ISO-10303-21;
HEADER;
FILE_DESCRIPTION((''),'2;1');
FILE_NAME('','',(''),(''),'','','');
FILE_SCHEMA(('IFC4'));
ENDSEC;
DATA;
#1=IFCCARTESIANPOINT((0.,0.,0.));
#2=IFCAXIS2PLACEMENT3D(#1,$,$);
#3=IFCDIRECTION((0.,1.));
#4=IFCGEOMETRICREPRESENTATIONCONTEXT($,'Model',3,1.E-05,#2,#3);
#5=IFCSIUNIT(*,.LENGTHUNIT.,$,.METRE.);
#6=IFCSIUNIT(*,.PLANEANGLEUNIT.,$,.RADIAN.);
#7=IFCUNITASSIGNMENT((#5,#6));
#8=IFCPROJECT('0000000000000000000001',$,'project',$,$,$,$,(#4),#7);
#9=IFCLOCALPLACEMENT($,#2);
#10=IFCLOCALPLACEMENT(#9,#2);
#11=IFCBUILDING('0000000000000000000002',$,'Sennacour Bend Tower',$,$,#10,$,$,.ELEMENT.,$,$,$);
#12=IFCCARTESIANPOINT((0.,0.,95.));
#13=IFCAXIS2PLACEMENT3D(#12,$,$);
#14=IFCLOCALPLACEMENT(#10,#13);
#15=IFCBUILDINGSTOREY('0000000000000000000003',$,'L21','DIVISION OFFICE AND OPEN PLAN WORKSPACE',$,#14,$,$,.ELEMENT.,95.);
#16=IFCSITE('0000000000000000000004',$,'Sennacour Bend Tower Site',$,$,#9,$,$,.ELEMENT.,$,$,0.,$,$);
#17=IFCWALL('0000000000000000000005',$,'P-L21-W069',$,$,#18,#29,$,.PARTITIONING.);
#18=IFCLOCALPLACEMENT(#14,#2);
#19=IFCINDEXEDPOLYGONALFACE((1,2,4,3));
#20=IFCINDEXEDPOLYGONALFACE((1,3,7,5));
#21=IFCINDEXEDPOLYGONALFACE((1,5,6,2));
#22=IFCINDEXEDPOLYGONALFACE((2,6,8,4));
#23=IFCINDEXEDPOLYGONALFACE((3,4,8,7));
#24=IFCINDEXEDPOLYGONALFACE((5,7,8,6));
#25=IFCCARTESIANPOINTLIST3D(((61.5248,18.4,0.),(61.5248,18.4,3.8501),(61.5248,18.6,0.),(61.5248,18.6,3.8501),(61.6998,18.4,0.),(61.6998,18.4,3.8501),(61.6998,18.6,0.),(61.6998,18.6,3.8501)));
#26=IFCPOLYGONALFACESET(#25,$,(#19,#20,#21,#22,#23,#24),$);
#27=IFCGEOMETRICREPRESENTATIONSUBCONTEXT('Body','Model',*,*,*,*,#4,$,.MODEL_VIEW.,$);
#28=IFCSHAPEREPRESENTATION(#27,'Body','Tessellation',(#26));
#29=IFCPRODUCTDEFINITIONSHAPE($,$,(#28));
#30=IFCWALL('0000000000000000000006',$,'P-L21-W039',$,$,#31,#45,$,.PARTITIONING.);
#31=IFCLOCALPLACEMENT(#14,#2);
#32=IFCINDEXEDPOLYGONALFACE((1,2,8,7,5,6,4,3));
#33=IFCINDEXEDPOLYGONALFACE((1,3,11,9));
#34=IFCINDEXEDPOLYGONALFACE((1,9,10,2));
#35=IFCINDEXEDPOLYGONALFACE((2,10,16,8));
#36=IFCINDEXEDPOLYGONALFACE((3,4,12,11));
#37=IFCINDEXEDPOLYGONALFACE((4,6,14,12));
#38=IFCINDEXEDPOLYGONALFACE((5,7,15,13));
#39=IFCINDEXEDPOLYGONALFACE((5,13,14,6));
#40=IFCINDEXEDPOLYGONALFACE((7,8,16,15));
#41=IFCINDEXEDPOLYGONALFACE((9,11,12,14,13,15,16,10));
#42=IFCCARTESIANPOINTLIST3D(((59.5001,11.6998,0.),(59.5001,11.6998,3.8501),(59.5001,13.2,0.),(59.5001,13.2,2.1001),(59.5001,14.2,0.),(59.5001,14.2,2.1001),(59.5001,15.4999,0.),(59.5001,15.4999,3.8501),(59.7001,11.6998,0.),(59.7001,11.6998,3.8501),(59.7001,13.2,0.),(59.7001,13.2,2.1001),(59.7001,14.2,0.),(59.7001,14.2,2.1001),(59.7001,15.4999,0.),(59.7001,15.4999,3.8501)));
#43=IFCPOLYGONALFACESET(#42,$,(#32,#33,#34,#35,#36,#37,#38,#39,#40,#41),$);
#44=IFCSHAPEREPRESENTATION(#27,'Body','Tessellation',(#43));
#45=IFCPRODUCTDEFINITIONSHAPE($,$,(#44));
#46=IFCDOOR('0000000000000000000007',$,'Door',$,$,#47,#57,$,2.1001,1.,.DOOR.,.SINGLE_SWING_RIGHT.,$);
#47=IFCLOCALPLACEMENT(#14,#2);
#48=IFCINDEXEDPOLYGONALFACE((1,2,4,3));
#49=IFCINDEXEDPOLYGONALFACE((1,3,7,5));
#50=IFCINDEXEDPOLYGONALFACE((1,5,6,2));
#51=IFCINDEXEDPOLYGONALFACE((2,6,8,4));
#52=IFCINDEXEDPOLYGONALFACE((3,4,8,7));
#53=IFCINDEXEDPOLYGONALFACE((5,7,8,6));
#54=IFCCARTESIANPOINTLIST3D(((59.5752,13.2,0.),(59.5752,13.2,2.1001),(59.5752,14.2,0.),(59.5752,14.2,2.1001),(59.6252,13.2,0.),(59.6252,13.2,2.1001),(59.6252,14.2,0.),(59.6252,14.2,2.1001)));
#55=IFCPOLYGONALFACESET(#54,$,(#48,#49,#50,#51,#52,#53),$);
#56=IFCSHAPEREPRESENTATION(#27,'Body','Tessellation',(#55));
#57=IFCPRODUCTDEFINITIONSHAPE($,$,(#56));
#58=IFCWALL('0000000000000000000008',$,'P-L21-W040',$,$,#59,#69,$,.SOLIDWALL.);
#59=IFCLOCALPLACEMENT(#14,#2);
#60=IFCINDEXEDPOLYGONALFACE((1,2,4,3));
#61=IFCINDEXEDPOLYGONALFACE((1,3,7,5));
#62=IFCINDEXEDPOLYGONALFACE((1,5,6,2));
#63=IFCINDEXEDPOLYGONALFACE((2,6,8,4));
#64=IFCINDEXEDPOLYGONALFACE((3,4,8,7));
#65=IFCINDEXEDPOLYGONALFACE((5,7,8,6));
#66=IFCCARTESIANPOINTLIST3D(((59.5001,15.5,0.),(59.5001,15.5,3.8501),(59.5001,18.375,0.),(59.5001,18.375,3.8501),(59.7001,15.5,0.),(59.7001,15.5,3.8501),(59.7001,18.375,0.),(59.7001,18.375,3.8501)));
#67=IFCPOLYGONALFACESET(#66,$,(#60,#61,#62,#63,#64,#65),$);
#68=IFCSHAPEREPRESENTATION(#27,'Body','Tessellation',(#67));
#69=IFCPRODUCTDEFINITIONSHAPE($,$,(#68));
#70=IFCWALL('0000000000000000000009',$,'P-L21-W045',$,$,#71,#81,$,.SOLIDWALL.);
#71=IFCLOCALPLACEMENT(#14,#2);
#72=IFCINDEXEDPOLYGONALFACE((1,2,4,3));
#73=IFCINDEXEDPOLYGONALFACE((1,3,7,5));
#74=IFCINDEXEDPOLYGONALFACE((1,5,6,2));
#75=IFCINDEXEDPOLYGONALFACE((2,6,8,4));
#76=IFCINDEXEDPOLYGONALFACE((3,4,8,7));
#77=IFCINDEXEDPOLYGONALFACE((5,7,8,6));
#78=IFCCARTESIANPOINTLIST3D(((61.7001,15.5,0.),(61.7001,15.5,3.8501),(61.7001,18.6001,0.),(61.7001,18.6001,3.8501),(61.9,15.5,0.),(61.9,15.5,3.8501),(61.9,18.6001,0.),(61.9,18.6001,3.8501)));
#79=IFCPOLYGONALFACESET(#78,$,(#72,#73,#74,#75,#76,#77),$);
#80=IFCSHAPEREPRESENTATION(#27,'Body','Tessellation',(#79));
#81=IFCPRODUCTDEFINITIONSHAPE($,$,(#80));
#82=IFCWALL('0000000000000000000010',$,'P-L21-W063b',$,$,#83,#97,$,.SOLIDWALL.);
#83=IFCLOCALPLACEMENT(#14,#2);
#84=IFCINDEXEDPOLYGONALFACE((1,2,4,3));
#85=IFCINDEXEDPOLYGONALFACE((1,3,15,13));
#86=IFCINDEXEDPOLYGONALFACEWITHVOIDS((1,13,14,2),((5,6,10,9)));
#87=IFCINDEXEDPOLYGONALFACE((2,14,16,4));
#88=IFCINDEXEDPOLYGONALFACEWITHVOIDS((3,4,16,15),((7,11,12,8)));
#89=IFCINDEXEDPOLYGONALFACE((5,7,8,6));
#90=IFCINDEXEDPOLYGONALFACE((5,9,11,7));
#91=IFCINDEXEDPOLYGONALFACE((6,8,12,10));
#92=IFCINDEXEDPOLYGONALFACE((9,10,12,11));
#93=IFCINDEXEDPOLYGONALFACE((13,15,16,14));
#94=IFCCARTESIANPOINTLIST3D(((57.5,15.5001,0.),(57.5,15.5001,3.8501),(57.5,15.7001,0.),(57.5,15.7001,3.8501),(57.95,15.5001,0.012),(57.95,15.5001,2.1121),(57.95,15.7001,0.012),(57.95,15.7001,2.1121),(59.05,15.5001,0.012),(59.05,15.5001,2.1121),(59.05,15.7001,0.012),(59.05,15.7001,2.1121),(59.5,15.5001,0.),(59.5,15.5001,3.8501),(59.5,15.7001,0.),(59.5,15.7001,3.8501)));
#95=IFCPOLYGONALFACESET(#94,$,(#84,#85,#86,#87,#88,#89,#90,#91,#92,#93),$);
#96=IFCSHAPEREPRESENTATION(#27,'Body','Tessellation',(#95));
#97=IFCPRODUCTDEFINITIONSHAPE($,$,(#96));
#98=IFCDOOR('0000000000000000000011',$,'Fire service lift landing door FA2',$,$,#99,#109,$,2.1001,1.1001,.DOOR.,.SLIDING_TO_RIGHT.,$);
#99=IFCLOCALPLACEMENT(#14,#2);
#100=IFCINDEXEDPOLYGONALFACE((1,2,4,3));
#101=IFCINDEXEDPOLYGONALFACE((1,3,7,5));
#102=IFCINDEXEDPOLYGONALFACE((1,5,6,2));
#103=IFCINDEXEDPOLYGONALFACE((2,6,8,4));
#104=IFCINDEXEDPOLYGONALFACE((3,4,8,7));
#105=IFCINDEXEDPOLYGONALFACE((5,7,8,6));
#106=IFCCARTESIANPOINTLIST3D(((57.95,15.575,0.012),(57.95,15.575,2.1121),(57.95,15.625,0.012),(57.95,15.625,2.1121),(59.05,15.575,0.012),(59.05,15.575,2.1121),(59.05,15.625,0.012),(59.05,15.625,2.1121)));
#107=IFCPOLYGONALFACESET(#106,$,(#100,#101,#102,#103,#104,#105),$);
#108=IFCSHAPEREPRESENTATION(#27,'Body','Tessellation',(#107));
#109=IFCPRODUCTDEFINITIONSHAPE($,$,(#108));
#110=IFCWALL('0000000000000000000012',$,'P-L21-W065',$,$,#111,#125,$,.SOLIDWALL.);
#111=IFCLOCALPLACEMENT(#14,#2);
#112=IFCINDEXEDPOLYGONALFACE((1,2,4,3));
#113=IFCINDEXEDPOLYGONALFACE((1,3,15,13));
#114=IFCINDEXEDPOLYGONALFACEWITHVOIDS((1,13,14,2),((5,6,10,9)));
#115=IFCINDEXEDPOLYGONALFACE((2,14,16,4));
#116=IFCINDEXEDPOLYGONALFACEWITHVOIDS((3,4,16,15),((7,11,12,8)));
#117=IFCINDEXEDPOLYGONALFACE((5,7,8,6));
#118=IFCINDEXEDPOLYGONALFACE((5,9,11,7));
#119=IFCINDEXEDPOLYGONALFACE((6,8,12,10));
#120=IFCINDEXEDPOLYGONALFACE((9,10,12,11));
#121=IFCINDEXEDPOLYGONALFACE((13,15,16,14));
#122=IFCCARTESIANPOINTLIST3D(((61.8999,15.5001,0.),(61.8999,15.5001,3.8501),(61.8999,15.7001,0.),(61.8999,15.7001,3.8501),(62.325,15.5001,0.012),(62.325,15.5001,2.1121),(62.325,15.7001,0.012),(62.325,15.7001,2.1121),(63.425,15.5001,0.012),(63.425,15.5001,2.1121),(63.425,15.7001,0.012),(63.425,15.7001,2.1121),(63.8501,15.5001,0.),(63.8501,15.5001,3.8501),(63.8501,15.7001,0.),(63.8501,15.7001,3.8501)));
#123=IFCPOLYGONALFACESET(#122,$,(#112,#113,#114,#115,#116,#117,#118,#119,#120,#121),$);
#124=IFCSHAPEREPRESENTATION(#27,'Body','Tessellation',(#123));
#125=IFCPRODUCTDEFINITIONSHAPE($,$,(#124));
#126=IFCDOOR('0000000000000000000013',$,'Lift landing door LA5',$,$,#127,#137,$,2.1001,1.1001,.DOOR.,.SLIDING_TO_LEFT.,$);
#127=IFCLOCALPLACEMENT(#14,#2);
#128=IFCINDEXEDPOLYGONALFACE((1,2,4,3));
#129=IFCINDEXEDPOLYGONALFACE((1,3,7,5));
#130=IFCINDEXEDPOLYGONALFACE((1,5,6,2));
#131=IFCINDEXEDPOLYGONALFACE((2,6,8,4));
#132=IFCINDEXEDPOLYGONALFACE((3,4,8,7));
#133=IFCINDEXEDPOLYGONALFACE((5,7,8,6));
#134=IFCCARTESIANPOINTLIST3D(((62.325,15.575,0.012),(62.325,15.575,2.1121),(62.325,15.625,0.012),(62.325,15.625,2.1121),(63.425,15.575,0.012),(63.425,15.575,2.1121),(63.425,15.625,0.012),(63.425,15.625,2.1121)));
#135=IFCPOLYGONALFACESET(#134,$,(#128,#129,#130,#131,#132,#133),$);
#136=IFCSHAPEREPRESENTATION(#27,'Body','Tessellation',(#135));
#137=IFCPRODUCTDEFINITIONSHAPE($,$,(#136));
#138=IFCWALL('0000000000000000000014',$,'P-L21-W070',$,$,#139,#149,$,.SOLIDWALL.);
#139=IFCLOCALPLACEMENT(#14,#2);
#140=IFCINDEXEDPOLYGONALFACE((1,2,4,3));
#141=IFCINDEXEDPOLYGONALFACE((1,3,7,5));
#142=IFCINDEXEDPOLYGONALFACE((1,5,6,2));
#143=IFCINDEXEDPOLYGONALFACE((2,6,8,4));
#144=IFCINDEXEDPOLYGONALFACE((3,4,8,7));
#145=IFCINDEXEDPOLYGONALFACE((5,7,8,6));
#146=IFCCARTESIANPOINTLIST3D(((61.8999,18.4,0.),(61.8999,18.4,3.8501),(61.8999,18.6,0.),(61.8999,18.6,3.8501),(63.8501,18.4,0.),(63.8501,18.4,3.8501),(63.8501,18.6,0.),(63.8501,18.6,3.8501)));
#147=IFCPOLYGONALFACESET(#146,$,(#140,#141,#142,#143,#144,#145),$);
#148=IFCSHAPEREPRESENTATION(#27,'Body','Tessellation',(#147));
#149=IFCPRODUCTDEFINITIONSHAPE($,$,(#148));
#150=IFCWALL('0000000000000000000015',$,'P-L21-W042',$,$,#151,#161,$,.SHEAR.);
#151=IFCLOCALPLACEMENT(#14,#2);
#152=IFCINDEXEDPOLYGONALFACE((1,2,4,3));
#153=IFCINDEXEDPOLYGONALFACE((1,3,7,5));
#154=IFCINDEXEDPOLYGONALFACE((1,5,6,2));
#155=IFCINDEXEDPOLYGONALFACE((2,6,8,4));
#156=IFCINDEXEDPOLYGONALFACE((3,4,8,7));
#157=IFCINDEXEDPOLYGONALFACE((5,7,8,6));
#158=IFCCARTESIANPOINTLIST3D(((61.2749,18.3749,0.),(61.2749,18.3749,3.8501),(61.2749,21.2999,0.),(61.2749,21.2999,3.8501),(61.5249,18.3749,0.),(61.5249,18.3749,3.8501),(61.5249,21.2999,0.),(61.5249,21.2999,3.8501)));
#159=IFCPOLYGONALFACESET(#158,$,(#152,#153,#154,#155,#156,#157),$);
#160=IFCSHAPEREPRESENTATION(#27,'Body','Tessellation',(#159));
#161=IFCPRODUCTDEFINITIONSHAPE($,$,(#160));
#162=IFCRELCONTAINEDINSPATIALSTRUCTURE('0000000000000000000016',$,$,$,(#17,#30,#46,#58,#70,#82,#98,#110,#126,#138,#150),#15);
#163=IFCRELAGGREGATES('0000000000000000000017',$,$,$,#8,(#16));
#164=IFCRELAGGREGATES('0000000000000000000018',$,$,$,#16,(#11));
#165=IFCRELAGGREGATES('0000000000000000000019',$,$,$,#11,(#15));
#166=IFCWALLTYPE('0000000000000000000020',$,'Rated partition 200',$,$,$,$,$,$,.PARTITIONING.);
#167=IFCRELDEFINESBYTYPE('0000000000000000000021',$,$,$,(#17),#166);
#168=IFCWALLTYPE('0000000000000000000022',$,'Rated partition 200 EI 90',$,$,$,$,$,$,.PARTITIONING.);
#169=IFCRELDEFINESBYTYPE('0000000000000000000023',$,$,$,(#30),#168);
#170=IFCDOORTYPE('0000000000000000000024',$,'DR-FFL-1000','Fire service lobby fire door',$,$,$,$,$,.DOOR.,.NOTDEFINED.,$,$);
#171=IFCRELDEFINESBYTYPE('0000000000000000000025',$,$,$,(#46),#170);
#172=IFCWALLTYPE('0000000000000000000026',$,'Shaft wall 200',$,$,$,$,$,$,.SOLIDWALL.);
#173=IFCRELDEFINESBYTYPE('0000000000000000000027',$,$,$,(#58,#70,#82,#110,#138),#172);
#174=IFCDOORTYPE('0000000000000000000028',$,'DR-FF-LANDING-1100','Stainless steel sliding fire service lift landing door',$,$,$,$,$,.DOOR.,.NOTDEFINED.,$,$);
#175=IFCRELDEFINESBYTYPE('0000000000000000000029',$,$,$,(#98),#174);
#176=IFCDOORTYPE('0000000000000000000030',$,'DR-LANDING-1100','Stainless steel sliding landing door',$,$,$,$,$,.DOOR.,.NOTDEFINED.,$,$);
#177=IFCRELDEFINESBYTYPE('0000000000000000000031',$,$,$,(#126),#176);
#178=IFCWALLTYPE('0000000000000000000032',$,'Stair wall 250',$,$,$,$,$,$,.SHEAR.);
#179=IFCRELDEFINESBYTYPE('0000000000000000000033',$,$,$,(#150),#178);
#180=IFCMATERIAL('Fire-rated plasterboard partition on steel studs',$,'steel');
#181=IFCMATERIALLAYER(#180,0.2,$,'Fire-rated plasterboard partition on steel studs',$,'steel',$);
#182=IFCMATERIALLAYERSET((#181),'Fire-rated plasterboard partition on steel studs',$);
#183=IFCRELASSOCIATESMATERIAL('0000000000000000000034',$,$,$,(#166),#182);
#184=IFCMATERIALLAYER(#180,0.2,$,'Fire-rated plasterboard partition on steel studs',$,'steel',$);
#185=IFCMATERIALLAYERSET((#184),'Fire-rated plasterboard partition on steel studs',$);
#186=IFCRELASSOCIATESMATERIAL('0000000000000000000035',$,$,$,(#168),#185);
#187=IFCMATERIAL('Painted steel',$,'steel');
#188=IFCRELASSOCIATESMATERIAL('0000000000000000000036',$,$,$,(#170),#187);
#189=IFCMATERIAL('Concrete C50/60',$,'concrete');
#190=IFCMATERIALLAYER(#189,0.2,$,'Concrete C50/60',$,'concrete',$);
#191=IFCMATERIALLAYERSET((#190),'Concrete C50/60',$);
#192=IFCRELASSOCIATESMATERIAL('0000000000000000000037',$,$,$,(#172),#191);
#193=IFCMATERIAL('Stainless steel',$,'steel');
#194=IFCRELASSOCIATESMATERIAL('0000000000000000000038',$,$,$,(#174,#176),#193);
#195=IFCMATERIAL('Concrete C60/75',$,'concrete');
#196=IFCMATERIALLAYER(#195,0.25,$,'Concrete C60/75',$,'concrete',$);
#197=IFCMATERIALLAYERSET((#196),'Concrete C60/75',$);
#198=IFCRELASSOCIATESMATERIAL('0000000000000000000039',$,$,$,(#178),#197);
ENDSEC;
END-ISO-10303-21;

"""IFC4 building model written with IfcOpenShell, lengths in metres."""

from ifc_helpers import new_model, si_unit, direction, frame, frame_2d, origin, place, context, subcontext, project, spatial, rectangle, extrude, material, layer, layer_set, type_object, element, fill, save


model = new_model("IFC4")

# Units and contexts
model_context = context("Model", 3, precision=1e-05, world=origin(), true_north=direction((0.0, 1.0)))
body_context = subcontext(model_context, "Body", "Model", "MODEL_VIEW")
ifc_project = project(units=[si_unit("LENGTHUNIT", "METRE"), si_unit("PLANEANGLEUNIT", "RADIAN")], contexts=[model_context])

# Site, building, storey
site_placement = place(None, origin())
site = spatial("IfcSite", under=ifc_project, at=site_placement, Name="Sennacour Bend Tower Site", CompositionType="ELEMENT", RefElevation=0.0)
building_placement = place(site_placement, origin())
building = spatial("IfcBuilding", under=site, at=building_placement, Name="Sennacour Bend Tower", CompositionType="ELEMENT")
storey_placement = place(building_placement, frame((0.0, 0.0, 95.0)))
storey = spatial("IfcBuildingStorey", under=building, at=storey_placement, Name="L21", Description="DIVISION OFFICE AND OPEN PLAN WORKSPACE", CompositionType="ELEMENT", Elevation=95.0)

# Shared definitions
ifc_material_1 = material(Name="Fire-rated plasterboard partition on steel studs", Category="steel")
ifc_layer_1 = layer(ifc_material_1, 0.2, Name="Fire-rated plasterboard partition on steel studs", Category="steel")
ifc_layer_set_1 = layer_set([ifc_layer_1], Name="Fire-rated plasterboard partition on steel studs")
wall_type_1 = type_object("IfcWallType", Name="Rated partition 200", PredefinedType="PARTITIONING", material=ifc_layer_set_1)
ifc_material_2 = material(Name="Painted steel", Category="steel")

# Wall
wall_1_placement = place(storey_placement, frame((61.5249, 18.5, 0.0), z_axis=(0.0, 0.0, 1.0), x_axis=(1.0, 0.0, 0.0)))
element("IfcWall", 1, at=wall_1_placement, inside=storey, type_object=wall_type_1, Name="P-L21-W069", PredefinedType="PARTITIONING", context=body_context, shape_type="SweptSolid", body=[
    extrude(rectangle(XDim=0.175, YDim=0.2, at=frame_2d((0.0874, 0.0))), origin(), (0.0, 0.0, 1.0), 3.8501),
])

# Wall, opening, door
ifc_layer_2 = layer(ifc_material_1, 0.2, Name="Fire-rated plasterboard partition on steel studs", Category="steel")
ifc_layer_set_2 = layer_set([ifc_layer_2], Name="Fire-rated plasterboard partition on steel studs")
wall_type_2 = type_object("IfcWallType", Name="Rated partition 200 EI 90", PredefinedType="PARTITIONING", material=ifc_layer_set_2)
wall_2_placement = place(storey_placement, frame((59.6001, 11.7, 0.0), z_axis=(0.0, 0.0, 1.0), x_axis=(0.0, 1.0, 0.0)))
wall_2 = element("IfcWall", 2, at=wall_2_placement, inside=storey, type_object=wall_type_2, Name="P-L21-W039", PredefinedType="PARTITIONING", context=body_context, shape_type="SweptSolid", body=[
    extrude(rectangle(XDim=3.8, YDim=0.2, at=frame_2d((1.8999, 0.0))), origin(), (0.0, 0.0, 1.0), 3.8501),
])
opening_1_placement = place(wall_2_placement, frame((1.5, 0.0, 0.0)))
opening_1 = element("IfcOpeningElement", 3, at=opening_1_placement, cuts=wall_2, PredefinedType="OPENING", context=body_context, shape_type="SweptSolid", body=[
    extrude(rectangle(XDim=1.0, YDim=2.1001, at=frame_2d((0.5, 1.05))), frame((0.0, 0.1099, 0.0), z_axis=(0.0, -1.0, 0.0), x_axis=(1.0, 0.0, 0.0)), (0.0, 0.0, 1.0), 0.22),
])
door_type_1 = type_object("IfcDoorType", Name="DR-FFL-1000", Description="Fire service lobby fire door", OperationType="NOTDEFINED", PredefinedType="DOOR", material=ifc_material_2)
door_1_placement = place(opening_1_placement, origin())
door_1 = element("IfcDoor", 4, at=door_1_placement, inside=storey, type_object=door_type_1, Name="Door", OperationType="SINGLE_SWING_RIGHT", OverallHeight=2.1001, OverallWidth=1.0, PredefinedType="DOOR", context=body_context, shape_type="SweptSolid", body=[
    extrude(rectangle(XDim=1.0, YDim=2.1001, at=frame_2d((0.5, 1.05))), frame((0.0, 0.0249, 0.0), z_axis=(0.0, -1.0, 0.0), x_axis=(1.0, 0.0, 0.0)), (0.0, 0.0, 1.0), 0.05),
])
fill(opening_1, door_1)

# Walls
ifc_material_3 = material(Name="Concrete C50/60", Category="concrete")
ifc_layer_3 = layer(ifc_material_3, 0.2, Name="Concrete C50/60", Category="concrete")
ifc_layer_set_3 = layer_set([ifc_layer_3], Name="Concrete C50/60")
wall_type_3 = type_object("IfcWallType", Name="Shaft wall 200", PredefinedType="SOLIDWALL", material=ifc_layer_set_3)
wall_3_placement = place(storey_placement, frame((59.6001, 15.5, 0.0), z_axis=(0.0, 0.0, 1.0), x_axis=(0.0, 1.0, 0.0)))
element("IfcWall", 5, at=wall_3_placement, inside=storey, type_object=wall_type_3, Name="P-L21-W040", PredefinedType="SOLIDWALL", context=body_context, shape_type="SweptSolid", body=[
    extrude(rectangle(XDim=2.875, YDim=0.2, at=frame_2d((1.4375, 0.0))), origin(), (0.0, 0.0, 1.0), 3.8501),
])
wall_4_placement = place(storey_placement, frame((61.8, 15.5, 0.0), z_axis=(0.0, 0.0, 1.0), x_axis=(0.0, 1.0, 0.0)))
element("IfcWall", 6, at=wall_4_placement, inside=storey, type_object=wall_type_3, Name="P-L21-W045", PredefinedType="SOLIDWALL", context=body_context, shape_type="SweptSolid", body=[
    extrude(rectangle(XDim=3.1001, YDim=0.2, at=frame_2d((1.55, 0.0))), origin(), (0.0, 0.0, 1.0), 3.8501),
])

# Walls, openings, doors
wall_5_placement = place(storey_placement, frame((57.5, 15.6001, 0.0), z_axis=(0.0, 0.0, 1.0), x_axis=(1.0, 0.0, 0.0)))
wall_5 = element("IfcWall", 7, at=wall_5_placement, inside=storey, type_object=wall_type_3, Name="P-L21-W063b", PredefinedType="SOLIDWALL", context=body_context, shape_type="SweptSolid", body=[
    extrude(rectangle(XDim=2.0, YDim=0.2, at=frame_2d((1.0, 0.0))), origin(), (0.0, 0.0, 1.0), 3.8501),
])
opening_2_placement = place(wall_5_placement, frame((0.45, 0.0, 0.012)))
opening_2 = element("IfcOpeningElement", 8, at=opening_2_placement, cuts=wall_5, PredefinedType="OPENING", context=body_context, shape_type="SweptSolid", body=[
    extrude(rectangle(XDim=1.1001, YDim=2.1001, at=frame_2d((0.55, 1.05))), frame((0.0, 0.1099, 0.0), z_axis=(0.0, -1.0, 0.0), x_axis=(1.0, 0.0, 0.0)), (0.0, 0.0, 1.0), 0.22),
])
ifc_material_4 = material(Name="Stainless steel", Category="steel")
door_type_2 = type_object("IfcDoorType", Name="DR-FF-LANDING-1100", Description="Stainless steel sliding fire service lift landing door", OperationType="NOTDEFINED", PredefinedType="DOOR", material=ifc_material_4)
door_2_placement = place(opening_2_placement, origin())
door_2 = element("IfcDoor", 9, at=door_2_placement, inside=storey, type_object=door_type_2, Name="Fire service lift landing door FA2", OperationType="SLIDING_TO_RIGHT", OverallHeight=2.1001, OverallWidth=1.1001, PredefinedType="DOOR", context=body_context, shape_type="SweptSolid", body=[
    extrude(rectangle(XDim=1.1001, YDim=2.1001, at=frame_2d((0.55, 1.05))), frame((0.0, 0.0249, 0.0), z_axis=(0.0, -1.0, 0.0), x_axis=(1.0, 0.0, 0.0)), (0.0, 0.0, 1.0), 0.05),
])
fill(opening_2, door_2)
wall_6_placement = place(storey_placement, frame((61.8999, 15.6001, 0.0), z_axis=(0.0, 0.0, 1.0), x_axis=(1.0, 0.0, 0.0)))
wall_6 = element("IfcWall", 10, at=wall_6_placement, inside=storey, type_object=wall_type_3, Name="P-L21-W065", PredefinedType="SOLIDWALL", context=body_context, shape_type="SweptSolid", body=[
    extrude(rectangle(XDim=1.9502, YDim=0.2, at=frame_2d((0.9751, 0.0))), origin(), (0.0, 0.0, 1.0), 3.8501),
])
opening_3_placement = place(wall_6_placement, frame((0.425, 0.0, 0.012)))
opening_3 = element("IfcOpeningElement", 11, at=opening_3_placement, cuts=wall_6, PredefinedType="OPENING", context=body_context, shape_type="SweptSolid", body=[
    extrude(rectangle(XDim=1.1001, YDim=2.1001, at=frame_2d((0.55, 1.05))), frame((0.0, 0.1099, 0.0), z_axis=(0.0, -1.0, 0.0), x_axis=(1.0, 0.0, 0.0)), (0.0, 0.0, 1.0), 0.22),
])
door_type_3 = type_object("IfcDoorType", Name="DR-LANDING-1100", Description="Stainless steel sliding landing door", OperationType="NOTDEFINED", PredefinedType="DOOR", material=ifc_material_4)
door_3_placement = place(opening_3_placement, origin())
door_3 = element("IfcDoor", 12, at=door_3_placement, inside=storey, type_object=door_type_3, Name="Lift landing door LA5", OperationType="SLIDING_TO_LEFT", OverallHeight=2.1001, OverallWidth=1.1001, PredefinedType="DOOR", context=body_context, shape_type="SweptSolid", body=[
    extrude(rectangle(XDim=1.1001, YDim=2.1001, at=frame_2d((0.55, 1.05))), frame((0.0, 0.0249, 0.0), z_axis=(0.0, -1.0, 0.0), x_axis=(1.0, 0.0, 0.0)), (0.0, 0.0, 1.0), 0.05),
])
fill(opening_3, door_3)

# Walls
wall_7_placement = place(storey_placement, frame((61.8999, 18.5, 0.0), z_axis=(0.0, 0.0, 1.0), x_axis=(1.0, 0.0, 0.0)))
element("IfcWall", 13, at=wall_7_placement, inside=storey, type_object=wall_type_3, Name="P-L21-W070", PredefinedType="SOLIDWALL", context=body_context, shape_type="SweptSolid", body=[
    extrude(rectangle(XDim=1.9502, YDim=0.2, at=frame_2d((0.9751, 0.0))), origin(), (0.0, 0.0, 1.0), 3.8501),
])
ifc_material_5 = material(Name="Concrete C60/75", Category="concrete")
ifc_layer_4 = layer(ifc_material_5, 0.25, Name="Concrete C60/75", Category="concrete")
ifc_layer_set_4 = layer_set([ifc_layer_4], Name="Concrete C60/75")
wall_type_4 = type_object("IfcWallType", Name="Stair wall 250", PredefinedType="SHEAR", material=ifc_layer_set_4)
wall_8_placement = place(storey_placement, frame((61.3999, 18.375, 0.0), z_axis=(0.0, 0.0, 1.0), x_axis=(0.0, 1.0, 0.0)))
element("IfcWall", 14, at=wall_8_placement, inside=storey, type_object=wall_type_4, Name="P-L21-W042", PredefinedType="SHEAR", context=body_context, shape_type="SweptSolid", body=[
    extrude(rectangle(XDim=2.925, YDim=0.25, at=frame_2d((1.4624, 0.0))), origin(), (0.0, 0.0, 1.0), 3.8501),
])

save(model, "model.ifc")
